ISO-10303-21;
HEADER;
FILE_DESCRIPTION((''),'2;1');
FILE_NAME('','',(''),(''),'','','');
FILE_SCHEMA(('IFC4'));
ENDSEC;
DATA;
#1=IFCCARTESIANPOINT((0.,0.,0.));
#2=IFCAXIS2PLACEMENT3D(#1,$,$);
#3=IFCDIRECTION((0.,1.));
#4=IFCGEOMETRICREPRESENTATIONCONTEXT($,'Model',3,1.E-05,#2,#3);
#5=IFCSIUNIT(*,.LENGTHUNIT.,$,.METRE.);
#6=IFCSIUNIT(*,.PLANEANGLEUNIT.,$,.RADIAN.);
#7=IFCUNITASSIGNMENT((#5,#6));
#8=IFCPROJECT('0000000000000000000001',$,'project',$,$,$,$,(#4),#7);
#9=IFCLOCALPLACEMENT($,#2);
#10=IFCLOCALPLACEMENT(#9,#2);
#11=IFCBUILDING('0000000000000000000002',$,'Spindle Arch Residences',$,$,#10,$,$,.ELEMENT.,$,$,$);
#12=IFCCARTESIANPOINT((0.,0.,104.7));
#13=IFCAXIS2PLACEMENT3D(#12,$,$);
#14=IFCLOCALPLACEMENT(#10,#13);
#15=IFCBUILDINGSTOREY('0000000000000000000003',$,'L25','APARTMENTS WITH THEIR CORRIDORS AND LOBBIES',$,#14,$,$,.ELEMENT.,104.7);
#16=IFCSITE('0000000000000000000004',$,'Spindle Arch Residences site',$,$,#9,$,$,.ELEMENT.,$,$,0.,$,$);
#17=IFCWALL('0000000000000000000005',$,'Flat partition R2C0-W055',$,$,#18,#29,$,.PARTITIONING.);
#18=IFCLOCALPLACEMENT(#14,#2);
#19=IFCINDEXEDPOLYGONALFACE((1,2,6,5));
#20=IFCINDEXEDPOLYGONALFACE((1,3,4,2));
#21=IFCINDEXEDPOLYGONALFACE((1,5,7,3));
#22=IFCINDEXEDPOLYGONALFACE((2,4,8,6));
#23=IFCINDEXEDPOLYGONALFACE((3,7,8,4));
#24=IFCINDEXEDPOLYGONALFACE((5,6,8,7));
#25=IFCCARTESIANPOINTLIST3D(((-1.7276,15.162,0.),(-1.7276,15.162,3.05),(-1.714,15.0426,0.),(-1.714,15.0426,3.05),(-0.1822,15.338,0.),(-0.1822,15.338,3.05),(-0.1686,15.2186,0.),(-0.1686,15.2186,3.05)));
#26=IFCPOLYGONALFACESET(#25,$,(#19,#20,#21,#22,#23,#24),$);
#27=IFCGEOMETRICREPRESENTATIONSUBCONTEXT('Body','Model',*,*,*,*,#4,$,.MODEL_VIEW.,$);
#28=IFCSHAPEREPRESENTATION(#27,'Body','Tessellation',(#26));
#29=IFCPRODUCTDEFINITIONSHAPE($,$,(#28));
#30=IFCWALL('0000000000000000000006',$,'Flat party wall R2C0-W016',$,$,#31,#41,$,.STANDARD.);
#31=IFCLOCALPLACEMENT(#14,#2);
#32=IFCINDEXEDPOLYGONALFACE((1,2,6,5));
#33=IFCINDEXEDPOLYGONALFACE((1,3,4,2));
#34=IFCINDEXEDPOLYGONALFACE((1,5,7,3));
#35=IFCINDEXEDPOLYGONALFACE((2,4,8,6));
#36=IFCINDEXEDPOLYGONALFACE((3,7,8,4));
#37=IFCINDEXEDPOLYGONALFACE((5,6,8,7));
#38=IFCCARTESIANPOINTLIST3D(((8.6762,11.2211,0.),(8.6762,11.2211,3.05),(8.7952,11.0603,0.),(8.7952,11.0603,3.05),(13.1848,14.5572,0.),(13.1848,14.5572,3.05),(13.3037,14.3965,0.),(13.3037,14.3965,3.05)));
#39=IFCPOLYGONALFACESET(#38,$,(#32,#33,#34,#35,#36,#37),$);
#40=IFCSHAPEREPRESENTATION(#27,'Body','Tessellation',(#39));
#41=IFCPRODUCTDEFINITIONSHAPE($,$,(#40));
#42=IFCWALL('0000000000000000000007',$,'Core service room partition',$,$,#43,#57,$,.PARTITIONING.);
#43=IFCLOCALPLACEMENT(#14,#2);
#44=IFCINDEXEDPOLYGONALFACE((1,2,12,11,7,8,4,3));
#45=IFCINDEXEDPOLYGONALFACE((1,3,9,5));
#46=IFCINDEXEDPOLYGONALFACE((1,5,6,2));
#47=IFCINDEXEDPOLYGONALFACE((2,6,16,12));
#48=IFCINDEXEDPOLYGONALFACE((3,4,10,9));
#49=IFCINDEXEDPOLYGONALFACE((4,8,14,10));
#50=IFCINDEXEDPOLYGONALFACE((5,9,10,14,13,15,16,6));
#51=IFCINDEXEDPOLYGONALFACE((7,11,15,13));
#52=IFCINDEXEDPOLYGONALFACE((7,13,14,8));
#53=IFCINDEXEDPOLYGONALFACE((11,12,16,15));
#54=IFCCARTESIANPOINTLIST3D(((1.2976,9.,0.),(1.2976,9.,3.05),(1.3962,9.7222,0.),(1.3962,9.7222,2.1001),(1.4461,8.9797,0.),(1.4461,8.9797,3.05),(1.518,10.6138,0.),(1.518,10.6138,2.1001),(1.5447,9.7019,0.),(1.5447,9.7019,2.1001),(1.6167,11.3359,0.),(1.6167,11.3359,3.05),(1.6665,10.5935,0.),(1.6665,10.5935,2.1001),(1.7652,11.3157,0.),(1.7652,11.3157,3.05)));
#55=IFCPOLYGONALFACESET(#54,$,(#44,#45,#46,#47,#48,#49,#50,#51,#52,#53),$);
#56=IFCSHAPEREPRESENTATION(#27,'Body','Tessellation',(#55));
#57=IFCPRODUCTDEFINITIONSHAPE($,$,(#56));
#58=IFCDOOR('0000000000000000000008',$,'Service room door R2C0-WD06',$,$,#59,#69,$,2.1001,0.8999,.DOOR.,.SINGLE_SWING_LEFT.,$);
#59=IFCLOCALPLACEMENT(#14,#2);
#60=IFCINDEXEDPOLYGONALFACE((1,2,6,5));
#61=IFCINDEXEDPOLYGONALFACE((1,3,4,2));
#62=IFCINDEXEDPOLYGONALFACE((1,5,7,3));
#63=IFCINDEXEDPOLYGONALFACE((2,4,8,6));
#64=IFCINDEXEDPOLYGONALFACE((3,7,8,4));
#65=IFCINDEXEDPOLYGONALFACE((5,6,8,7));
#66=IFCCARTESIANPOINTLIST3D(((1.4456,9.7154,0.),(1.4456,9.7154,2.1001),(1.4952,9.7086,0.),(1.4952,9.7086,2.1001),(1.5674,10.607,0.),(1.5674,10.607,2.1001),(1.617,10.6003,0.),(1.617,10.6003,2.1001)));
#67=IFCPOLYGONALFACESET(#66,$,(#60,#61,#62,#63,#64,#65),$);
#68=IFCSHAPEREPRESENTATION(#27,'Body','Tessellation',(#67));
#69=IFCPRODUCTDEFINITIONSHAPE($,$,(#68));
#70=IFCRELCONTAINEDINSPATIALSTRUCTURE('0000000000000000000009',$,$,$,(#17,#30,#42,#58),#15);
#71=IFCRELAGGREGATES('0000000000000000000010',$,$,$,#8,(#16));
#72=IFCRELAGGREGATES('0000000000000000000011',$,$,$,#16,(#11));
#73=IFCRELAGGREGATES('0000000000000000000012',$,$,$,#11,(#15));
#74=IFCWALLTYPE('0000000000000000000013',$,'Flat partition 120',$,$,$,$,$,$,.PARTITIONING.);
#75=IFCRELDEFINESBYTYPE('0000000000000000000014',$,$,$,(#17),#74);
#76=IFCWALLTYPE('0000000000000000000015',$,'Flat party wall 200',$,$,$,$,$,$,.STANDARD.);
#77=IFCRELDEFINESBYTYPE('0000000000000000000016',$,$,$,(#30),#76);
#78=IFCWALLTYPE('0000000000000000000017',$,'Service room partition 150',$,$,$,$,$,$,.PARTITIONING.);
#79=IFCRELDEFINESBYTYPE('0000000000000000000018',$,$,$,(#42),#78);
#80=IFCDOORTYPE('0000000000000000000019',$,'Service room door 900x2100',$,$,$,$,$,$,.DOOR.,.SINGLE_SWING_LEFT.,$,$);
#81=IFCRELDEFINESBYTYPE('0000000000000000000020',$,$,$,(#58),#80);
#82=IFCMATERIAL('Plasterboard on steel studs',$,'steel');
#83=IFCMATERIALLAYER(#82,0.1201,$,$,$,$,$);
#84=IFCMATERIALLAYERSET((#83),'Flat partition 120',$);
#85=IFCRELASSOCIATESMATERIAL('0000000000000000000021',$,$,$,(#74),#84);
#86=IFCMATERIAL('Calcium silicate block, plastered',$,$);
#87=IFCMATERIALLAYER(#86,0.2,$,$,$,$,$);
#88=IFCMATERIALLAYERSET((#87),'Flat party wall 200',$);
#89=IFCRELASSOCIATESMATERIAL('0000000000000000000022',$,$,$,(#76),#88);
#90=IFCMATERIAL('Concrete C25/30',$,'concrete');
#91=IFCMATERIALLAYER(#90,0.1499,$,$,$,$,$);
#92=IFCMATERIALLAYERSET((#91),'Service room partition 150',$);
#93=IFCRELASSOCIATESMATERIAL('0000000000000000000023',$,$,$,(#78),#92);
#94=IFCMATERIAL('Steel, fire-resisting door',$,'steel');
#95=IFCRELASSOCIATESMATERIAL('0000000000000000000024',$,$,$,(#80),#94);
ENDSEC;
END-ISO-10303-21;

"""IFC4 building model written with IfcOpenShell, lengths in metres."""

from ifc_helpers import new_model, si_unit, direction, frame, frame_2d, origin, place, context, subcontext, project, spatial, rectangle, extrude, material, layer, layer_set, type_object, element, fill, save


model = new_model("IFC4")

# Units and contexts
model_context = context("Model", 3, precision=1e-05, world=origin(), true_north=direction((0.0, 1.0)))
body_context = subcontext(model_context, "Body", "Model", "MODEL_VIEW")
ifc_project = project(units=[si_unit("LENGTHUNIT", "METRE"), si_unit("PLANEANGLEUNIT", "RADIAN")], contexts=[model_context])

# Site, building, storey
site_placement = place(None, origin())
site = spatial("IfcSite", under=ifc_project, at=site_placement, Name="Spindle Arch Residences site", CompositionType="ELEMENT", RefElevation=0.0)
building_placement = place(site_placement, origin())
building = spatial("IfcBuilding", under=site, at=building_placement, Name="Spindle Arch Residences", CompositionType="ELEMENT")
storey_placement = place(building_placement, frame((0.0, 0.0, 104.7)))
storey = spatial("IfcBuildingStorey", under=building, at=storey_placement, Name="L25", Description="APARTMENTS WITH THEIR CORRIDORS AND LOBBIES", CompositionType="ELEMENT", Elevation=104.7)

# Shared definitions
ifc_material_1 = material(Name="Plasterboard on steel studs", Category="steel")
ifc_layer_1 = layer(ifc_material_1, 0.1201)
ifc_layer_set_1 = layer_set([ifc_layer_1], Name="Flat partition 120")
wall_type_1 = type_object("IfcWallType", Name="Flat partition 120", PredefinedType="PARTITIONING", material=ifc_layer_set_1)

# Walls
wall_1_placement = place(storey_placement, frame((-0.1753, 15.2783, 0.0), z_axis=(0.0, 0.0, 1.0), x_axis=(-0.993576, -0.11317, 0.0)))
element("IfcWall", 1, at=wall_1_placement, inside=storey, type_object=wall_type_1, Name="Flat partition R2C0-W055", PredefinedType="PARTITIONING", context=body_context, shape_type="SweptSolid", body=[
    extrude(rectangle(XDim=1.5554, YDim=0.1201, at=frame_2d((0.7778, 0.0))), origin(), (0.0, 0.0, 1.0), 3.05),
])
ifc_material_2 = material(Name="Calcium silicate block, plastered")
ifc_layer_2 = layer(ifc_material_2, 0.2)
ifc_layer_set_2 = layer_set([ifc_layer_2], Name="Flat party wall 200")
wall_type_2 = type_object("IfcWallType", Name="Flat party wall 200", PredefinedType="STANDARD", material=ifc_layer_set_2)
wall_2_placement = place(storey_placement, frame((13.2441, 14.4768, 0.0), z_axis=(0.0, 0.0, 1.0), x_axis=(-0.803854, -0.594827, 0.0)))
element("IfcWall", 2, at=wall_2_placement, inside=storey, type_object=wall_type_2, Name="Flat party wall R2C0-W016", PredefinedType="STANDARD", context=body_context, shape_type="SweptSolid", body=[
    extrude(rectangle(XDim=5.6086, YDim=0.2, at=frame_2d((2.8042, 0.0))), origin(), (0.0, 0.0, 1.0), 3.05),
])

# Wall, opening, door
ifc_material_3 = material(Name="Concrete C25/30", Category="concrete")
ifc_layer_3 = layer(ifc_material_3, 0.1499)
ifc_layer_set_3 = layer_set([ifc_layer_3], Name="Service room partition 150")
wall_type_3 = type_object("IfcWallType", Name="Service room partition 150", PredefinedType="PARTITIONING", material=ifc_layer_set_3)
wall_3_placement = place(storey_placement, frame((1.6909, 11.3257, 0.0), z_axis=(0.0, 0.0, 1.0), x_axis=(-0.135344, -0.990799, 0.0)))
wall_3 = element("IfcWall", 3, at=wall_3_placement, inside=storey, type_object=wall_type_3, Name="Core service room partition", PredefinedType="PARTITIONING", context=body_context, shape_type="SweptSolid", body=[
    extrude(rectangle(XDim=2.3577, YDim=0.1499, at=frame_2d((1.1787, 0.0))), origin(), (0.0, 0.0, 1.0), 3.05),
])
opening_1_placement = place(wall_3_placement, frame((0.7288, 0.0, 0.0)))
opening_1 = element("IfcOpeningElement", 4, at=opening_1_placement, cuts=wall_3, PredefinedType="OPENING", context=body_context, shape_type="SweptSolid", body=[
    extrude(rectangle(XDim=0.8999, YDim=2.1001, at=frame_2d((0.45, 1.05))), frame((0.0, 0.085, 0.0), z_axis=(0.0, -1.0, 0.0), x_axis=(1.0, 0.0, 0.0)), (0.0, 0.0, 1.0), 0.1699),
])
ifc_material_4 = material(Name="Steel, fire-resisting door", Category="steel")
door_type_1 = type_object("IfcDoorType", Name="Service room door 900x2100", OperationType="SINGLE_SWING_LEFT", PredefinedType="DOOR", material=ifc_material_4)
door_1_placement = place(opening_1_placement, origin())
door_1 = element("IfcDoor", 5, at=door_1_placement, inside=storey, type_object=door_type_1, Name="Service room door R2C0-WD06", OperationType="SINGLE_SWING_LEFT", OverallHeight=2.1001, OverallWidth=0.8999, PredefinedType="DOOR", context=body_context, shape_type="SweptSolid", body=[
    extrude(rectangle(XDim=0.8999, YDim=2.1001, at=frame_2d((0.45, 1.05))), frame((0.0, 0.0249, 0.0), z_axis=(0.0, -1.0, 0.0), x_axis=(1.0, 0.0, 0.0)), (0.0, 0.0, 1.0), 0.05),
])
fill(opening_1, door_1)

save(model, "model.ifc")
